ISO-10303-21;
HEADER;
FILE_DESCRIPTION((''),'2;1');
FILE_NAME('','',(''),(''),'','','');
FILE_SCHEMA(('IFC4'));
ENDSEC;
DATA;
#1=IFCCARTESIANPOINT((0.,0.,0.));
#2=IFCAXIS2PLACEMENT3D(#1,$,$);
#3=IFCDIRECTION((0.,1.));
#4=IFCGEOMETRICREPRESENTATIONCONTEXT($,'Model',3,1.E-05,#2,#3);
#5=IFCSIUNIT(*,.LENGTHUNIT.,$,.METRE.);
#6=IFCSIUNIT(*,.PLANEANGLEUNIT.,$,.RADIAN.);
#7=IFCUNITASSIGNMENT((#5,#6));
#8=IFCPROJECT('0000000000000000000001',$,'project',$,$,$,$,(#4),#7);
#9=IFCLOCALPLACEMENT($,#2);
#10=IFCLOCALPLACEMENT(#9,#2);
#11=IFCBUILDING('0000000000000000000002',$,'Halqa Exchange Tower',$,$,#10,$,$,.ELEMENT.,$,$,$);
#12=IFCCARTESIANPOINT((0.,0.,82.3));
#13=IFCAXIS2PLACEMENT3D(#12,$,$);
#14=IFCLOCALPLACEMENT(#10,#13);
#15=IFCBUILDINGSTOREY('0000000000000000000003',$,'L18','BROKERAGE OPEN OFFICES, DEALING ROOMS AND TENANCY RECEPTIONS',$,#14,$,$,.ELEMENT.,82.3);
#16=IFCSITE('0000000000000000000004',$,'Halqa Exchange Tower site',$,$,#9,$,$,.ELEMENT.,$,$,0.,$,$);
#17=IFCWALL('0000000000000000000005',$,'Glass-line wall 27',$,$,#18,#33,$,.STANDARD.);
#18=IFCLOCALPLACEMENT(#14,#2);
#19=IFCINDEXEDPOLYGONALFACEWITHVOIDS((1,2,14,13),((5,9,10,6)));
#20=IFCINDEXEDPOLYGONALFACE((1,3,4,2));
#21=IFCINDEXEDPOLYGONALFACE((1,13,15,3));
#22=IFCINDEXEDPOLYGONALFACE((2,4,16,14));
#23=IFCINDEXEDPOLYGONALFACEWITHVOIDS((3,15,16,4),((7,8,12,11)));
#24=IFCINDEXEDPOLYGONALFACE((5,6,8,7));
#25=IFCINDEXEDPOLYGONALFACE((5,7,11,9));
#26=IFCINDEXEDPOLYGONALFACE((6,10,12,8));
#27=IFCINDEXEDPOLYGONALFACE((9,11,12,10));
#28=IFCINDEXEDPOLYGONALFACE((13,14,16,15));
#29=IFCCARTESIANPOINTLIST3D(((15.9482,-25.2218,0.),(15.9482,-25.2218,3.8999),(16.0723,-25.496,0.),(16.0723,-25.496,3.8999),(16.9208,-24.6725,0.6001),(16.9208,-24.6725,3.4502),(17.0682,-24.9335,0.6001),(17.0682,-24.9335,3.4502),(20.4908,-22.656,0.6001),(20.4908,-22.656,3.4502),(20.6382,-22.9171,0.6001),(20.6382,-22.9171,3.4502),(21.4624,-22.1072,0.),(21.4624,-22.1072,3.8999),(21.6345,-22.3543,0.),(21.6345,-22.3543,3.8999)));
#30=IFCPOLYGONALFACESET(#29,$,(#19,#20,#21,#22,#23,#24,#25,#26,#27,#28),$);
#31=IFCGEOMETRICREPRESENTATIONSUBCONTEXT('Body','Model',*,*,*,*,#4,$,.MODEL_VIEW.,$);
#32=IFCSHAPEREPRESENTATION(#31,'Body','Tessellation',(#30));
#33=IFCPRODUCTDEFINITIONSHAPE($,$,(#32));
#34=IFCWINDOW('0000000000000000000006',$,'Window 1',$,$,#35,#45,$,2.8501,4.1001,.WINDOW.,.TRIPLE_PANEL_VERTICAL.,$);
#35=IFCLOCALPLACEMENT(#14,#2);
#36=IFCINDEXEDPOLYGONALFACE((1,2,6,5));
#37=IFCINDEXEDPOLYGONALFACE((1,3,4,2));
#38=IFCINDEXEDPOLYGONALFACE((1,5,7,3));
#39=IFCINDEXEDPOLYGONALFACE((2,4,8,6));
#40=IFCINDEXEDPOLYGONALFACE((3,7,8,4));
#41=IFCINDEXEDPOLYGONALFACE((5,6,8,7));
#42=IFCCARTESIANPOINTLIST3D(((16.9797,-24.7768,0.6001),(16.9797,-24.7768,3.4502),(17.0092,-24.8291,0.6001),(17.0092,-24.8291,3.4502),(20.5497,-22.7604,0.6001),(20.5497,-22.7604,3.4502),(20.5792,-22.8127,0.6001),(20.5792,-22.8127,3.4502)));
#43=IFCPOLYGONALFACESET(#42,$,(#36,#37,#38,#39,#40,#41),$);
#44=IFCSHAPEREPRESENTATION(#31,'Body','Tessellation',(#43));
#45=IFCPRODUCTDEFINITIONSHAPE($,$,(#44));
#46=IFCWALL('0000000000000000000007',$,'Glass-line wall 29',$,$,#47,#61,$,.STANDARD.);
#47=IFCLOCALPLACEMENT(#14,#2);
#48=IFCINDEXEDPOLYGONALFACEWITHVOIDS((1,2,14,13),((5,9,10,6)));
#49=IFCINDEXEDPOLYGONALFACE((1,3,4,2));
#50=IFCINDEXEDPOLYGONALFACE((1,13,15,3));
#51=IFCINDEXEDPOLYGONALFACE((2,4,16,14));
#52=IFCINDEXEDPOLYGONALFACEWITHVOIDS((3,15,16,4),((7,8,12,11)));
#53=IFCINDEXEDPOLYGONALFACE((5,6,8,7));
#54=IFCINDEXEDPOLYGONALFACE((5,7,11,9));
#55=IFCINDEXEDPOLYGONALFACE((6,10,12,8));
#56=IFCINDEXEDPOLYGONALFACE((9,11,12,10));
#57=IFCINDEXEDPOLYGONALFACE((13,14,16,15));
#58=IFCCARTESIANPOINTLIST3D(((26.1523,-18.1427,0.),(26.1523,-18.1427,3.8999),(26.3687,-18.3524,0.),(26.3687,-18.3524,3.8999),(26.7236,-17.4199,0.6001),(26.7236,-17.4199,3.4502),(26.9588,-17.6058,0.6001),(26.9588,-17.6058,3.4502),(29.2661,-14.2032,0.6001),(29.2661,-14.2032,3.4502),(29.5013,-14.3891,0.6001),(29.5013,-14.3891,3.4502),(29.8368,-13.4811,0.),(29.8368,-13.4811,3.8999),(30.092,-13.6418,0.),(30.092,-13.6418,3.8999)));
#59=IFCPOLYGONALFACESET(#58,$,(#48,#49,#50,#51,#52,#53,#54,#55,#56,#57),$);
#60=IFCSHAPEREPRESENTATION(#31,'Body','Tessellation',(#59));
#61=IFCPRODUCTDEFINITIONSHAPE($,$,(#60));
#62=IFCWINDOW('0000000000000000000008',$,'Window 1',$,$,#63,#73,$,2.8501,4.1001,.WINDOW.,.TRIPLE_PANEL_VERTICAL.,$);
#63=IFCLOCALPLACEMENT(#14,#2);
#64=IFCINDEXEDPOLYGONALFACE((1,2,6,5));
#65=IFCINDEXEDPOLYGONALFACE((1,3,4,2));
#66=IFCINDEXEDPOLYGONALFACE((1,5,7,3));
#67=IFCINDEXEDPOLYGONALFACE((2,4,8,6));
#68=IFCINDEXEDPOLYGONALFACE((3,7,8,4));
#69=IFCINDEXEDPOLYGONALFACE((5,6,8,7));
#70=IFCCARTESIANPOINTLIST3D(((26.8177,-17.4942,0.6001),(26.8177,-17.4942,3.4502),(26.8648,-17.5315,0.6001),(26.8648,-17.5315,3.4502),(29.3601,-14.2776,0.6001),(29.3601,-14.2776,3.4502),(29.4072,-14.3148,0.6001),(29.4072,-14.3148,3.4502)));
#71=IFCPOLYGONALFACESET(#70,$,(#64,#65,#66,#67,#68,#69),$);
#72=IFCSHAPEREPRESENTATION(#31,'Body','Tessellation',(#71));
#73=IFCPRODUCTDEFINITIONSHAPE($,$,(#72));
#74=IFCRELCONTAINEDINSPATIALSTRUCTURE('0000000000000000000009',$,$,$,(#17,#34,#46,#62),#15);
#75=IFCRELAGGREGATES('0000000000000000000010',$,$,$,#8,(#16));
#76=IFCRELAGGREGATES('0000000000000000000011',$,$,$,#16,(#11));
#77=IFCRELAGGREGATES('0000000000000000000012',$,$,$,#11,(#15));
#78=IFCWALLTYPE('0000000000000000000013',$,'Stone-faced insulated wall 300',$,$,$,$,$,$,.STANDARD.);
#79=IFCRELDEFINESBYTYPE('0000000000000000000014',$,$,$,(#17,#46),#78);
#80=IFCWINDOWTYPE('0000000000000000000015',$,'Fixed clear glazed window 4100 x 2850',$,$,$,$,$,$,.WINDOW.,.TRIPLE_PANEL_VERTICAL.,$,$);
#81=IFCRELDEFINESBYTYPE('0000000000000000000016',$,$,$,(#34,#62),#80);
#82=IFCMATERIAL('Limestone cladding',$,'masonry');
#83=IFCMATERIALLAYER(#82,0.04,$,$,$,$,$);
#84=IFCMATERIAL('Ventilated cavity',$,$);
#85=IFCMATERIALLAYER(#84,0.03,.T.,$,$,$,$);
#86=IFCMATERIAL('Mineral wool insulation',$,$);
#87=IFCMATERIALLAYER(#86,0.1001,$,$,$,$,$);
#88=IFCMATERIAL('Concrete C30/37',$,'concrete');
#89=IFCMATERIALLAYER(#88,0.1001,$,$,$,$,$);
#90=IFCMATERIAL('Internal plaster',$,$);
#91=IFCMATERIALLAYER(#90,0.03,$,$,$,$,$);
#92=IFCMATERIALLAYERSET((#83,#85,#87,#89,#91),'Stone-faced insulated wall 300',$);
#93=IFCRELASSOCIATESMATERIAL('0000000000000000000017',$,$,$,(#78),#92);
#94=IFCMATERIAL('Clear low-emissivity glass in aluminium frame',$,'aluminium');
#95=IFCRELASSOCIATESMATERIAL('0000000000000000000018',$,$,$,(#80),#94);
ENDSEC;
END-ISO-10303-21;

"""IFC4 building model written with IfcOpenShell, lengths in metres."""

from ifc_helpers import new_model, si_unit, direction, frame, frame_2d, origin, place, context, subcontext, project, spatial, polyline, rectangle, outline, extrude, material, layer, layer_set, type_object, element, fill, save


model = new_model("IFC4")

# Units and contexts
model_context = context("Model", 3, precision=1e-05, world=origin(), true_north=direction((0.0, 1.0)))
body_context = subcontext(model_context, "Body", "Model", "MODEL_VIEW")
ifc_project = project(units=[si_unit("LENGTHUNIT", "METRE"), si_unit("PLANEANGLEUNIT", "RADIAN")], contexts=[model_context])

# Site, building, storey
site_placement = place(None, origin())
site = spatial("IfcSite", under=ifc_project, at=site_placement, Name="Halqa Exchange Tower site", CompositionType="ELEMENT", RefElevation=0.0)
building_placement = place(site_placement, origin())
building = spatial("IfcBuilding", under=site, at=building_placement, Name="Halqa Exchange Tower", CompositionType="ELEMENT")
storey_placement = place(building_placement, frame((0.0, 0.0, 82.3)))
storey = spatial("IfcBuildingStorey", under=building, at=storey_placement, Name="L18", Description="BROKERAGE OPEN OFFICES, DEALING ROOMS AND TENANCY RECEPTIONS", CompositionType="ELEMENT", Elevation=82.3)

# Wall, opening, window
ifc_material_1 = material(Name="Limestone cladding", Category="masonry")
ifc_layer_1 = layer(ifc_material_1, 0.04)
ifc_material_2 = material(Name="Ventilated cavity")
ifc_layer_2 = layer(ifc_material_2, 0.03, ventilated=True)
ifc_material_3 = material(Name="Mineral wool insulation")
ifc_layer_3 = layer(ifc_material_3, 0.1001)
ifc_material_4 = material(Name="Concrete C30/37", Category="concrete")
ifc_layer_4 = layer(ifc_material_4, 0.1001)
ifc_material_5 = material(Name="Internal plaster")
ifc_layer_5 = layer(ifc_material_5, 0.03)
ifc_layer_set_1 = layer_set([ifc_layer_1, ifc_layer_2, ifc_layer_3, ifc_layer_4, ifc_layer_5], Name="Stone-faced insulated wall 300")
wall_type_1 = type_object("IfcWallType", Name="Stone-faced insulated wall 300", PredefinedType="STANDARD", material=ifc_layer_set_1)
wall_1_placement = place(storey_placement, frame((16.0103, -25.3589, 0.0), z_axis=(0.0, 0.0, 1.0), x_axis=(0.87071, 0.491797, 0.0)))
wall_1 = element("IfcWall", 1, at=wall_1_placement, inside=storey, type_object=wall_type_1, Name="Glass-line wall 27", PredefinedType="STANDARD", context=body_context, shape_type="SweptSolid", body=[
    extrude(outline(polyline([(-0.0134, -0.1499), (6.3748, -0.1499), (6.3464, 0.1499), (0.0134, 0.1499), (-0.0134, -0.1499)])), origin(), (0.0, 0.0, 1.0), 3.8999),
])
opening_1_placement = place(wall_1_placement, frame((1.1304, 0.0, 0.6001)))
opening_1 = element("IfcOpeningElement", 2, at=opening_1_placement, cuts=wall_1, PredefinedType="OPENING", context=body_context, shape_type="SweptSolid", body=[
    extrude(rectangle(XDim=4.1001, YDim=2.8501, at=frame_2d((2.05, 1.425))), frame((0.0, 0.1621, 0.0), z_axis=(0.0, -1.0, 0.0), x_axis=(1.0, 0.0, 0.0)), (0.0, 0.0, 1.0), 0.324),
])
ifc_material_6 = material(Name="Clear low-emissivity glass in aluminium frame", Category="aluminium")
window_type = type_object("IfcWindowType", Name="Fixed clear glazed window 4100 x 2850", PartitioningType="TRIPLE_PANEL_VERTICAL", PredefinedType="WINDOW", material=ifc_material_6)
window_1_placement = place(opening_1_placement, origin())
window_1 = element("IfcWindow", 3, at=window_1_placement, inside=storey, type_object=window_type, Name="Window 1", OverallHeight=2.8501, OverallWidth=4.1001, PartitioningType="TRIPLE_PANEL_VERTICAL", PredefinedType="WINDOW", context=body_context, shape_type="SweptSolid", body=[
    extrude(rectangle(XDim=4.1001, YDim=2.8501, at=frame_2d((2.05, 1.425))), frame((0.0, 0.03, 0.0), z_axis=(0.0, -1.0, 0.0), x_axis=(1.0, 0.0, 0.0)), (0.0, 0.0, 1.0), 0.0601),
])
fill(opening_1, window_1)

# Wall, opening, window
wall_2_placement = place(storey_placement, frame((26.2605, -18.2476, 0.0), z_axis=(0.0, 0.0, 1.0), x_axis=(0.620093, 0.784528, 0.0)))
wall_2 = element("IfcWall", 4, at=wall_2_placement, inside=storey, type_object=wall_type_1, Name="Glass-line wall 29", PredefinedType="STANDARD", context=body_context, shape_type="SweptSolid", body=[
    extrude(outline(polyline([(-0.0151, -0.1499), (5.9893, -0.1499), (5.957, 0.1499), (0.0151, 0.1499), (-0.0151, -0.1499)])), origin(), (0.0, 0.0, 1.0), 3.8999),
])
opening_2_placement = place(wall_2_placement, frame((0.9365, 0.0, 0.6001)))
opening_2 = element("IfcOpeningElement", 5, at=opening_2_placement, cuts=wall_2, PredefinedType="OPENING", context=body_context, shape_type="SweptSolid", body=[
    extrude(rectangle(XDim=4.1001, YDim=2.8501, at=frame_2d((2.05, 1.425))), frame((0.0, 0.1621, 0.0), z_axis=(0.0, -1.0, 0.0), x_axis=(1.0, 0.0, 0.0)), (0.0, 0.0, 1.0), 0.324),
])
window_2_placement = place(opening_2_placement, origin())
window_2 = element("IfcWindow", 6, at=window_2_placement, inside=storey, type_object=window_type, Name="Window 1", OverallHeight=2.8501, OverallWidth=4.1001, PartitioningType="TRIPLE_PANEL_VERTICAL", PredefinedType="WINDOW", context=body_context, shape_type="SweptSolid", body=[
    extrude(rectangle(XDim=4.1001, YDim=2.8501, at=frame_2d((2.05, 1.425))), frame((0.0, 0.03, 0.0), z_axis=(0.0, -1.0, 0.0), x_axis=(1.0, 0.0, 0.0)), (0.0, 0.0, 1.0), 0.0601),
])
fill(opening_2, window_2)

save(model, "model.ifc")
